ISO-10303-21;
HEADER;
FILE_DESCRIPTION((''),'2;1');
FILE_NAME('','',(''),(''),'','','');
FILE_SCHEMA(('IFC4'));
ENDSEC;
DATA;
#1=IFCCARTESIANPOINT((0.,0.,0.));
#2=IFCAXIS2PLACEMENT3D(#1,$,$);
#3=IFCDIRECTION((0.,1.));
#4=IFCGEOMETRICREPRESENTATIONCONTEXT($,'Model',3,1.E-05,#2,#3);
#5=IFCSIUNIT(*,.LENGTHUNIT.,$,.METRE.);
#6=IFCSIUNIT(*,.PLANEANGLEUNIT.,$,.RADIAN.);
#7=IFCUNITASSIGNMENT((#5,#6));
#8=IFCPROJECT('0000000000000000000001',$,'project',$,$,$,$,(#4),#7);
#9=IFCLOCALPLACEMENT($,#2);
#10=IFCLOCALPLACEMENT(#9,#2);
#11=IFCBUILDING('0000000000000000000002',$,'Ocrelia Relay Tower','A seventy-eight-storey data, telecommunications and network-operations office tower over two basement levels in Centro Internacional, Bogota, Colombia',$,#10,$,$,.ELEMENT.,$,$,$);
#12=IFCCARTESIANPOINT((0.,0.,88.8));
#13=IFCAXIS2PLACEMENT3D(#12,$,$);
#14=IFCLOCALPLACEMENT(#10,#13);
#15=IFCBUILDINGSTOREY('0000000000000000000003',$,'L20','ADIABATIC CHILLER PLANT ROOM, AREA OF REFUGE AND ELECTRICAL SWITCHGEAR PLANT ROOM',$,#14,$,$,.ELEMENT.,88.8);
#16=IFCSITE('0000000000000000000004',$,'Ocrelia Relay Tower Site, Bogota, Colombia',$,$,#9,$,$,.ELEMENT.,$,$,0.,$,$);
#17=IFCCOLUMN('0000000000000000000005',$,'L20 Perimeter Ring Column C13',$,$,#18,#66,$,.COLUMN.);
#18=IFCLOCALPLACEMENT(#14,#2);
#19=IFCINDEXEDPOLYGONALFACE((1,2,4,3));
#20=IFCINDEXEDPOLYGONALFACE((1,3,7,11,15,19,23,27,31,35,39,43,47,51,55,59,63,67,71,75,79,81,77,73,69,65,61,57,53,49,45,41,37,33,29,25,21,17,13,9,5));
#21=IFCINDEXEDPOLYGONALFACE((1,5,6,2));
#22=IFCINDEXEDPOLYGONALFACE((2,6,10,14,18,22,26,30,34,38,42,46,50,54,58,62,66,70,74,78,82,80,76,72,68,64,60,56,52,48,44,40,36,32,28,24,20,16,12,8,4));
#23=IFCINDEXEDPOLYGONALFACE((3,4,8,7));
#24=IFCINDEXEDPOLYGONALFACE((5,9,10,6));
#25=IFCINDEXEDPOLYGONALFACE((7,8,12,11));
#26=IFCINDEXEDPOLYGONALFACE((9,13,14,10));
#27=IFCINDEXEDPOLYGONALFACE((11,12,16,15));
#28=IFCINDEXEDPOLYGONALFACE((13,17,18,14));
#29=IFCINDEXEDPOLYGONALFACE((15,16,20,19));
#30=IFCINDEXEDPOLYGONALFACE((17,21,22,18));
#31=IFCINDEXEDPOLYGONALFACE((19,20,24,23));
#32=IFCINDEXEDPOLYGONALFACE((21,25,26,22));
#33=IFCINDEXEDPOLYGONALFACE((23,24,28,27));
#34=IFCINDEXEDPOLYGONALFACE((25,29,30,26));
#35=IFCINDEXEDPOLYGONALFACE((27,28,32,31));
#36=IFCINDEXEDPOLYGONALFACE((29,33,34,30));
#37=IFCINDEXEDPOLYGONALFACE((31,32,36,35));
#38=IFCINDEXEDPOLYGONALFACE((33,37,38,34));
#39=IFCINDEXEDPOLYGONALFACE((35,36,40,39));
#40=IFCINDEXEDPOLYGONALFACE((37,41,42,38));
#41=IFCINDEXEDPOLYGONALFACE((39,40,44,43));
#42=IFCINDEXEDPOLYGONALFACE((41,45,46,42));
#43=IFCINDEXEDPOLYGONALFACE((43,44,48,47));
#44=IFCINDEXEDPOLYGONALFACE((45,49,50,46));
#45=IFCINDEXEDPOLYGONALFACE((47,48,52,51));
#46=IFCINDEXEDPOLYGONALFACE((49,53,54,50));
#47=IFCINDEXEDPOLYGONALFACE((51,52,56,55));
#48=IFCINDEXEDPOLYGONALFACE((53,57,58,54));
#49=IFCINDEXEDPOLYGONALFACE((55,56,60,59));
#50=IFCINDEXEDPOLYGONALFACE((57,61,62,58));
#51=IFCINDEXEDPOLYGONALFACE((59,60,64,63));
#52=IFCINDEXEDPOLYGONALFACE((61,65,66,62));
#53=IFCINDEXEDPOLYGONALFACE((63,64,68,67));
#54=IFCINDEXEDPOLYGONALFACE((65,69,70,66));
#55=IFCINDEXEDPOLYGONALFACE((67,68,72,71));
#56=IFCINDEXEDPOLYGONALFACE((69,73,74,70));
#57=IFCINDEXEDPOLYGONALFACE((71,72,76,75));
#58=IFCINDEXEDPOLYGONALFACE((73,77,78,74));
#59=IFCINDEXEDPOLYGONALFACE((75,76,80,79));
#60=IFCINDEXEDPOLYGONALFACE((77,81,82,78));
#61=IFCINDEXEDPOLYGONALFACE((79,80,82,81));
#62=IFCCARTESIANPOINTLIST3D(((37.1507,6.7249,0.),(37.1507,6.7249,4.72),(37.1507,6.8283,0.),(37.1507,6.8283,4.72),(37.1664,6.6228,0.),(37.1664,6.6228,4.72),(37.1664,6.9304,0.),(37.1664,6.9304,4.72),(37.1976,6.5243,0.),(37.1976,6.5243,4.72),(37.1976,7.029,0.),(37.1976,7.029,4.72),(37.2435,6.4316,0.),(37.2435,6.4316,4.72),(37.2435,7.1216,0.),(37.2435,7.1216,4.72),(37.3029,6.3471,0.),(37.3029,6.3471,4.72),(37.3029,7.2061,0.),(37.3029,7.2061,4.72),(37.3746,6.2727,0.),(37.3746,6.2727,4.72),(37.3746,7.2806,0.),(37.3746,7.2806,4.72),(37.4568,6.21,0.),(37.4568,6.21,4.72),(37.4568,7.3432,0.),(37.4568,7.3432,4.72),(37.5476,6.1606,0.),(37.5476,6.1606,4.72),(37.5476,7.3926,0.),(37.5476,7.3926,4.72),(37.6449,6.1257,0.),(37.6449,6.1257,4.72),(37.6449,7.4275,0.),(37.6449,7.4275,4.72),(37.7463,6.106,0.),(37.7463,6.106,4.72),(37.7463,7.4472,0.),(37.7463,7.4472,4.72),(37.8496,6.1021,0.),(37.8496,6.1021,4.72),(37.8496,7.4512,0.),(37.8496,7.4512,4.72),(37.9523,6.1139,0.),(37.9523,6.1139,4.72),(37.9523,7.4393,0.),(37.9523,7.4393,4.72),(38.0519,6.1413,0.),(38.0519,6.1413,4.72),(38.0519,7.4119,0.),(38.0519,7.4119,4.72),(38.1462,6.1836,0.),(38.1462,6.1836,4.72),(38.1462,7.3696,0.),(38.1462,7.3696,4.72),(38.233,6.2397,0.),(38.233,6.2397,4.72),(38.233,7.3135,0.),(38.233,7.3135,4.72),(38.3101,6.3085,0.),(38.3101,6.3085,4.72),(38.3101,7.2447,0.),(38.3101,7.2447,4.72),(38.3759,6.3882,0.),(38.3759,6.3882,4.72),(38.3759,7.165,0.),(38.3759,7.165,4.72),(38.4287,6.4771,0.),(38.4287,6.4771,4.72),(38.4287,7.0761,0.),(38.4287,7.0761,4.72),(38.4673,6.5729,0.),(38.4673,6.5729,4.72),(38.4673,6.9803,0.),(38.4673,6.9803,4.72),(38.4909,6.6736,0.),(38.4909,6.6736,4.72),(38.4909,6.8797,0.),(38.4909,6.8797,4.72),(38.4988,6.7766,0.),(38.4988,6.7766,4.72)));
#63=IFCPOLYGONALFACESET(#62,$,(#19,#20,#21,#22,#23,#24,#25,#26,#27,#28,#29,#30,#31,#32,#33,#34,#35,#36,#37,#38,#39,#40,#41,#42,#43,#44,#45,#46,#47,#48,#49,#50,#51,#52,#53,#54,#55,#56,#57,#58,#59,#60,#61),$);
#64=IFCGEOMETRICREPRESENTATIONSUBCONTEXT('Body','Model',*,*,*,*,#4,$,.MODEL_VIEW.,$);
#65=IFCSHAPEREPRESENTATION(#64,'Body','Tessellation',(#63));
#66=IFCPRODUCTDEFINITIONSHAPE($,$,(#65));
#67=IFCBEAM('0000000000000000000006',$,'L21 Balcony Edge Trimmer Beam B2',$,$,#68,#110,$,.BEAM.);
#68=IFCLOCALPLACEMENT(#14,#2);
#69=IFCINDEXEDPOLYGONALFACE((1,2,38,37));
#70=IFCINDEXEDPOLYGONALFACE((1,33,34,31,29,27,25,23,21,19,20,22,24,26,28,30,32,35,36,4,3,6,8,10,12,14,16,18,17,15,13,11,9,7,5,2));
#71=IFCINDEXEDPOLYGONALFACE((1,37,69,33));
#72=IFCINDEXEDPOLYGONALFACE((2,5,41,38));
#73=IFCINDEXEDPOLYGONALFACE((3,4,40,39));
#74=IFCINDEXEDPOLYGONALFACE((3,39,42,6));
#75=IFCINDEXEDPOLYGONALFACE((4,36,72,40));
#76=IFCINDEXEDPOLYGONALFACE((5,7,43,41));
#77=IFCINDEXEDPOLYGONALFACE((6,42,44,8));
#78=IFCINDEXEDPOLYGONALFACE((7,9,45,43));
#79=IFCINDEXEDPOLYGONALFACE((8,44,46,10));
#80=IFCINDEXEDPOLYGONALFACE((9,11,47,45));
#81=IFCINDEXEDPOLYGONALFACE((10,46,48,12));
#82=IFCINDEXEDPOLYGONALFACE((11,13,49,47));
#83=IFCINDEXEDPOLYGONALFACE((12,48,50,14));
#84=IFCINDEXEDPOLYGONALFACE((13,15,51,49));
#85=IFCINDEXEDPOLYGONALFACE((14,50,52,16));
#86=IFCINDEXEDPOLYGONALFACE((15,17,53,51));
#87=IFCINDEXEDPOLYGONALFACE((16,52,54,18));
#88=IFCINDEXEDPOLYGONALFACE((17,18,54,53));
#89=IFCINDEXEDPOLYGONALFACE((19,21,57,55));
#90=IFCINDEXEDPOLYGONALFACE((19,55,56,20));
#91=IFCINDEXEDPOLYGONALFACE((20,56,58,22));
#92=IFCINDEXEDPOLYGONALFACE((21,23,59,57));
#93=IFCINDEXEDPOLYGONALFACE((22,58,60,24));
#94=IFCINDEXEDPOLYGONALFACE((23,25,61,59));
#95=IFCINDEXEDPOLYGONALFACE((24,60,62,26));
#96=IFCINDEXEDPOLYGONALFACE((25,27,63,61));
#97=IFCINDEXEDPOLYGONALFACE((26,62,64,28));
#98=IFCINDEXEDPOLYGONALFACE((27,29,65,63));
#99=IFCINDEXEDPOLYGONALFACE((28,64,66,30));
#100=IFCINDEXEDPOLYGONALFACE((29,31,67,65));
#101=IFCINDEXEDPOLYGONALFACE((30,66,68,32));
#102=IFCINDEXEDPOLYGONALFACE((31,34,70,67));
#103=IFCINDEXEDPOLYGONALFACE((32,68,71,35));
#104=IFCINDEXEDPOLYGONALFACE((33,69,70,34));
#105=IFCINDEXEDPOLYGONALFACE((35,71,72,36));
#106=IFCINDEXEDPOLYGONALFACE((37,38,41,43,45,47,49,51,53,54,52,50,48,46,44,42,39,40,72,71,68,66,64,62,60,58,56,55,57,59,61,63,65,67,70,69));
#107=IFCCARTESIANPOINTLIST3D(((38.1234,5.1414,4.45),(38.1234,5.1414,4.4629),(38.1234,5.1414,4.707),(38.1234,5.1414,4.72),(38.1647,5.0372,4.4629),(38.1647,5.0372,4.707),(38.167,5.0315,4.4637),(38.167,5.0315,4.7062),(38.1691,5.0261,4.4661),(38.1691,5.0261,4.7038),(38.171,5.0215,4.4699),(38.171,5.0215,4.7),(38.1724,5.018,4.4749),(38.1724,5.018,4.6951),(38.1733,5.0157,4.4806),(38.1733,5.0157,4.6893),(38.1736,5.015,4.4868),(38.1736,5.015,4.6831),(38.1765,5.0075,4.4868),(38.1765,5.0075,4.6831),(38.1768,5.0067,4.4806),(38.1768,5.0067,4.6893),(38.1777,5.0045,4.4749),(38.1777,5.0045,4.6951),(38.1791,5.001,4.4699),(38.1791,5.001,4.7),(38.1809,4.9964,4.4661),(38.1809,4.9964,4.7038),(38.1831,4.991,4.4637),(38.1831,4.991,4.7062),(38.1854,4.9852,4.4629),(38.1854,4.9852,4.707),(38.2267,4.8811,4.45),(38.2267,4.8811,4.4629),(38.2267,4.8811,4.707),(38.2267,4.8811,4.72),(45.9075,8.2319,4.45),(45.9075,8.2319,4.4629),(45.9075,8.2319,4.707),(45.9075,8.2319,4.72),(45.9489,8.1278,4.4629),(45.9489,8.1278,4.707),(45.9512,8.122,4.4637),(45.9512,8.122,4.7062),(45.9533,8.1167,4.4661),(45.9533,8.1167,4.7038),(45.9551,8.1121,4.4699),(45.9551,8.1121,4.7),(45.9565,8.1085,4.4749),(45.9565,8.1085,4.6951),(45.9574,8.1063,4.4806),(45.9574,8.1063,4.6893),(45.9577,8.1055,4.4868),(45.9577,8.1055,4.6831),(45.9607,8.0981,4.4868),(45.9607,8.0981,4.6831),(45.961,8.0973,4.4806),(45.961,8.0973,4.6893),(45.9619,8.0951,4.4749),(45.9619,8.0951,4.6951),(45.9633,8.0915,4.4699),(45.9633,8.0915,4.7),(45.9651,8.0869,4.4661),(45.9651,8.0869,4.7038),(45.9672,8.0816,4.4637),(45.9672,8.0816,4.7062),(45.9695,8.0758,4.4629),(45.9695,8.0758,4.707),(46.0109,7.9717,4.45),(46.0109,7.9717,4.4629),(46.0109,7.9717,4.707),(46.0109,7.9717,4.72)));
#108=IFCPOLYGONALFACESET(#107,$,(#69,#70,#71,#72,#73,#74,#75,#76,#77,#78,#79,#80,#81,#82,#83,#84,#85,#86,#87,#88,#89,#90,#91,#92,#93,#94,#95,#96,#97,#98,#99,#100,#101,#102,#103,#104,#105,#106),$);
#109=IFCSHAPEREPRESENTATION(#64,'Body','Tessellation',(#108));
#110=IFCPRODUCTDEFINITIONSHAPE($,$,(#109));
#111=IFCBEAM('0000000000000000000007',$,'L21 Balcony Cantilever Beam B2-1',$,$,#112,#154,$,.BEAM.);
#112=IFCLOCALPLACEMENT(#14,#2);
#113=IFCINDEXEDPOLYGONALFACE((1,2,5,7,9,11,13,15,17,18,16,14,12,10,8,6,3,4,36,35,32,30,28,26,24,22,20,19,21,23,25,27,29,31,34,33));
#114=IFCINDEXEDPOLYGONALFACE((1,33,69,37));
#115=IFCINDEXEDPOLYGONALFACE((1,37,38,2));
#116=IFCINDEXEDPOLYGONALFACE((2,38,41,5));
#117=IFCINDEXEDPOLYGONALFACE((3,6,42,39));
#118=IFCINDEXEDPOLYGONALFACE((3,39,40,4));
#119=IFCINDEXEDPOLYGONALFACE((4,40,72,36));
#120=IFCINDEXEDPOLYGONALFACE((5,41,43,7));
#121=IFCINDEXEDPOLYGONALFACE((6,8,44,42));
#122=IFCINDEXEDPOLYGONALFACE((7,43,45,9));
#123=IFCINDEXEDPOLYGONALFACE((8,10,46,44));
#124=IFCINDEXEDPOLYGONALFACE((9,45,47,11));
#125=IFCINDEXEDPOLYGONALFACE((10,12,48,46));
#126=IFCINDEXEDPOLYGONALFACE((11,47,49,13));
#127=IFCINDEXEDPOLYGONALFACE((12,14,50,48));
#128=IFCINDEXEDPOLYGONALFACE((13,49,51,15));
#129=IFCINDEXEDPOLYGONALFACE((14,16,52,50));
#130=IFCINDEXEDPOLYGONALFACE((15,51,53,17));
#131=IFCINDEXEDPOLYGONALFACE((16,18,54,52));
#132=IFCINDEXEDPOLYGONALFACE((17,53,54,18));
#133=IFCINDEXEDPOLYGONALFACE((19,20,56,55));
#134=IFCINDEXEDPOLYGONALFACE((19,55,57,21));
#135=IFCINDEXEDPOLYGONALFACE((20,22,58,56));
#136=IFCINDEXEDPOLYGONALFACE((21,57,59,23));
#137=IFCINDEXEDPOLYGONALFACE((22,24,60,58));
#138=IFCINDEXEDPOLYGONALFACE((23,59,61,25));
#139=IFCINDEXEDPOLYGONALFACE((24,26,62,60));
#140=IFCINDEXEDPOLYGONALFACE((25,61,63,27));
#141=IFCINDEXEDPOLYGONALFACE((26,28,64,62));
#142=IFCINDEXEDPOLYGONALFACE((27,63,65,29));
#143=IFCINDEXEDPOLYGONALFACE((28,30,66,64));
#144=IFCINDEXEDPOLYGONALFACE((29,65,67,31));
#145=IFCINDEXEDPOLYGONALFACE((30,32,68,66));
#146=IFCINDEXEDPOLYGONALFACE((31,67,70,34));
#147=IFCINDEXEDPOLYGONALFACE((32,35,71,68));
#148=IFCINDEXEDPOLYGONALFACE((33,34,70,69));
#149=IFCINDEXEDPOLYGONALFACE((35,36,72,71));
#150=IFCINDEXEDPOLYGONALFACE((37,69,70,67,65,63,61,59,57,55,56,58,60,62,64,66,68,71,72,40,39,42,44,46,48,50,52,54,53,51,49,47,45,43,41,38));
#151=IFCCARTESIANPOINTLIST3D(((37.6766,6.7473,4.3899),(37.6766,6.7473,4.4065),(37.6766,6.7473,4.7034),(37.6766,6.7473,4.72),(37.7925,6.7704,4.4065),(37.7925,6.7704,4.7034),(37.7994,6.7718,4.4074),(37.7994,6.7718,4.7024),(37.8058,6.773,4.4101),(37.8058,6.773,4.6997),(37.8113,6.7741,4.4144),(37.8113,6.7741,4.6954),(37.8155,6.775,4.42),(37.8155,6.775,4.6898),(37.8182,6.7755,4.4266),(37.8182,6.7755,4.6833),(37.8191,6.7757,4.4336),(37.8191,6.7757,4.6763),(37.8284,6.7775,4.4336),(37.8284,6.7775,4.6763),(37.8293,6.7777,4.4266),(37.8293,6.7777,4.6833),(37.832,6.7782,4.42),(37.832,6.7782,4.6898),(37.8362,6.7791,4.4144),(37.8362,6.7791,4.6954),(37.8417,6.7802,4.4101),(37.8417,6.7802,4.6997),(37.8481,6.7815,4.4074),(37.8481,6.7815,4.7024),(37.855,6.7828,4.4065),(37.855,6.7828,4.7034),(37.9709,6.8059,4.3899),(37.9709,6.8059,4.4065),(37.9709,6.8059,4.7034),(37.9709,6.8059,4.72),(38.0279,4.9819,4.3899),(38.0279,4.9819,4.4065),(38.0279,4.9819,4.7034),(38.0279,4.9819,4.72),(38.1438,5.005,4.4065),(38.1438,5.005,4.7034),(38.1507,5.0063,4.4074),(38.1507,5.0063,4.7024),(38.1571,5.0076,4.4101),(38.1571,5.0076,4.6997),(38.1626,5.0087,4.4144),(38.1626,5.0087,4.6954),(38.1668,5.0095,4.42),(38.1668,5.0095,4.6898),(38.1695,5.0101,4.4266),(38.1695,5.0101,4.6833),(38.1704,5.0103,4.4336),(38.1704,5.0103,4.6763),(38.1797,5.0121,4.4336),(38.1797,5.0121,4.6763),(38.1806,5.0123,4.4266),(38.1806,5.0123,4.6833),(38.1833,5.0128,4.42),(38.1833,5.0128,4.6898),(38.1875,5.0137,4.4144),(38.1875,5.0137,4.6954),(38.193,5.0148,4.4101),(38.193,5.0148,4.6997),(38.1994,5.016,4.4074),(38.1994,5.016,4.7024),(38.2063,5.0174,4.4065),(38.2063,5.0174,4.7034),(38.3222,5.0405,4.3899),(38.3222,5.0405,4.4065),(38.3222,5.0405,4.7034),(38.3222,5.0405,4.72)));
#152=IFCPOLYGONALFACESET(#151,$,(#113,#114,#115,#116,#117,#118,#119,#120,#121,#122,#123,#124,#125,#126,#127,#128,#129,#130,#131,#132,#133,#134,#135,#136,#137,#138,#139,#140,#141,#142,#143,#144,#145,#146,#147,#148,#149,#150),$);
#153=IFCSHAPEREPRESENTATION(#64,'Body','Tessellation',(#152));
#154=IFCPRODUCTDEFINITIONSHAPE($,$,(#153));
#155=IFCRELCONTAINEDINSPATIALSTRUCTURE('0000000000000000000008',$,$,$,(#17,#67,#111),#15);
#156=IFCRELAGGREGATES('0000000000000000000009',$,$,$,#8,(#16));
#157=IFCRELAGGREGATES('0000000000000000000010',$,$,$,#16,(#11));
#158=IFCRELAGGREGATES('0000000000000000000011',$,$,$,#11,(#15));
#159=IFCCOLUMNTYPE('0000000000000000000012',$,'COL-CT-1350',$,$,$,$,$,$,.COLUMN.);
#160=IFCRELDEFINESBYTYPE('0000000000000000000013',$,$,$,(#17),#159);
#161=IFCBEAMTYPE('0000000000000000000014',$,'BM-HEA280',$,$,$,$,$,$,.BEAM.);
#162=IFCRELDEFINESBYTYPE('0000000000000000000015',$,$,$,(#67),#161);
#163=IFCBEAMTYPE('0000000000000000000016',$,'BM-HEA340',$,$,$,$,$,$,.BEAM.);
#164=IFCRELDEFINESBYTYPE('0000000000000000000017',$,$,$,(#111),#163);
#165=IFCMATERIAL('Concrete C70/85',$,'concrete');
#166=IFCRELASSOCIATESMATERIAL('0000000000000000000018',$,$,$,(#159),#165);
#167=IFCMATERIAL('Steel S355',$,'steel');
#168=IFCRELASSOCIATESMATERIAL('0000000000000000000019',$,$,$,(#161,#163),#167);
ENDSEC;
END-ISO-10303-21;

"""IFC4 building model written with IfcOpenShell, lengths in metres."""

from ifc_helpers import new_model, si_unit, direction, frame, origin, origin_2d, place, context, subcontext, project, spatial, circle, i_section, extrude, material, material_profile, profile_set, type_object, element, save


model = new_model("IFC4")

# Units and contexts
model_context = context("Model", 3, precision=1e-05, world=origin(), true_north=direction((0.0, 1.0)))
body_context = subcontext(model_context, "Body", "Model", "MODEL_VIEW")
ifc_project = project(units=[si_unit("LENGTHUNIT", "METRE"), si_unit("PLANEANGLEUNIT", "RADIAN")], contexts=[model_context])

# Site, building, storey
site_placement = place(None, origin())
site = spatial("IfcSite", under=ifc_project, at=site_placement, Name="Ocrelia Relay Tower Site, Bogota, Colombia", CompositionType="ELEMENT", RefElevation=0.0)
building_placement = place(site_placement, origin())
building = spatial("IfcBuilding", under=site, at=building_placement, Name="Ocrelia Relay Tower", Description="A seventy-eight-storey data, telecommunications and network-operations office tower over two basement levels in Centro Internacional, Bogota, Colombia", CompositionType="ELEMENT")
storey_placement = place(building_placement, frame((0.0, 0.0, 88.8)))
storey = spatial("IfcBuildingStorey", under=building, at=storey_placement, Name="L20", Description="ADIABATIC CHILLER PLANT ROOM, AREA OF REFUGE AND ELECTRICAL SWITCHGEAR PLANT ROOM", CompositionType="ELEMENT", Elevation=88.8)

# Column
ifc_material_1 = material(Name="Concrete C70/85", Category="concrete")
ifc_material_profile_1 = material_profile(ifc_material_1, circle(Radius=0.675, at=origin_2d()), Name="RC-CIR-1350")
ifc_profile_set_1 = profile_set([ifc_material_profile_1], Name="Concrete C70/85")
column_type = type_object("IfcColumnType", Name="COL-CT-1350", PredefinedType="COLUMN", material=ifc_profile_set_1)
column_placement = place(storey_placement, frame((37.8237, 6.7766, 0.0), z_axis=(0.0, 0.0, 1.0), x_axis=(1.0, 0.0, 0.0)))
element("IfcColumn", 1, at=column_placement, inside=storey, type_object=column_type, Name="L20 Perimeter Ring Column C13", PredefinedType="COLUMN", context=body_context, shape_type="SweptSolid", body=[
    extrude(circle(Radius=0.675, at=origin_2d()), origin(), (0.0, 0.0, 1.0), 4.72),
])

# Beams
ifc_material_2 = material(Name="Steel S355", Category="steel")
ifc_material_profile_2 = material_profile(ifc_material_2, i_section(OverallWidth=0.28, OverallDepth=0.27, WebThickness=0.0081, FlangeThickness=0.0129, FilletRadius=0.0239, at=origin_2d()), Name="HEA 280")
ifc_profile_set_2 = profile_set([ifc_material_profile_2], Name="Steel S355")
beam_type_1 = type_object("IfcBeamType", Name="BM-HEA280", PredefinedType="BEAM", material=ifc_profile_set_2)
beam_1_placement = place(storey_placement, frame((38.175, 5.0112, 4.585), z_axis=(0.929425, 0.369012, 0.0), x_axis=(-0.369012, 0.929425, 0.0)))
element("IfcBeam", 2, at=beam_1_placement, inside=storey, type_object=beam_type_1, Name="L21 Balcony Edge Trimmer Beam B2", PredefinedType="BEAM", context=body_context, shape_type="SweptSolid", body=[
    extrude(i_section(OverallWidth=0.28, OverallDepth=0.27, WebThickness=0.0081, FlangeThickness=0.0129, FilletRadius=0.0239, at=origin_2d()), origin(), (0.0, 0.0, 1.0), 8.3752),
])
ifc_material_profile_3 = material_profile(ifc_material_2, i_section(OverallWidth=0.3, OverallDepth=0.3301, WebThickness=0.0095, FlangeThickness=0.0166, FilletRadius=0.0271, at=origin_2d()), Name="HEA 340")
ifc_profile_set_3 = profile_set([ifc_material_profile_3], Name="Steel S355")
beam_type_2 = type_object("IfcBeamType", Name="BM-HEA340", PredefinedType="BEAM", material=ifc_profile_set_3)
beam_2_placement = place(storey_placement, frame((37.8237, 6.7766, 4.5549), z_axis=(0.195177, -0.980768, 0.0), x_axis=(0.980768, 0.195177, 0.0)))
element("IfcBeam", 3, at=beam_2_placement, inside=storey, type_object=beam_type_2, Name="L21 Balcony Cantilever Beam B2-1", PredefinedType="BEAM", context=body_context, shape_type="SweptSolid", body=[
    extrude(i_section(OverallWidth=0.3, OverallDepth=0.3301, WebThickness=0.0095, FlangeThickness=0.0166, FilletRadius=0.0271, at=origin_2d()), origin(), (0.0, 0.0, 1.0), 1.8),
])

save(model, "model.ifc")
